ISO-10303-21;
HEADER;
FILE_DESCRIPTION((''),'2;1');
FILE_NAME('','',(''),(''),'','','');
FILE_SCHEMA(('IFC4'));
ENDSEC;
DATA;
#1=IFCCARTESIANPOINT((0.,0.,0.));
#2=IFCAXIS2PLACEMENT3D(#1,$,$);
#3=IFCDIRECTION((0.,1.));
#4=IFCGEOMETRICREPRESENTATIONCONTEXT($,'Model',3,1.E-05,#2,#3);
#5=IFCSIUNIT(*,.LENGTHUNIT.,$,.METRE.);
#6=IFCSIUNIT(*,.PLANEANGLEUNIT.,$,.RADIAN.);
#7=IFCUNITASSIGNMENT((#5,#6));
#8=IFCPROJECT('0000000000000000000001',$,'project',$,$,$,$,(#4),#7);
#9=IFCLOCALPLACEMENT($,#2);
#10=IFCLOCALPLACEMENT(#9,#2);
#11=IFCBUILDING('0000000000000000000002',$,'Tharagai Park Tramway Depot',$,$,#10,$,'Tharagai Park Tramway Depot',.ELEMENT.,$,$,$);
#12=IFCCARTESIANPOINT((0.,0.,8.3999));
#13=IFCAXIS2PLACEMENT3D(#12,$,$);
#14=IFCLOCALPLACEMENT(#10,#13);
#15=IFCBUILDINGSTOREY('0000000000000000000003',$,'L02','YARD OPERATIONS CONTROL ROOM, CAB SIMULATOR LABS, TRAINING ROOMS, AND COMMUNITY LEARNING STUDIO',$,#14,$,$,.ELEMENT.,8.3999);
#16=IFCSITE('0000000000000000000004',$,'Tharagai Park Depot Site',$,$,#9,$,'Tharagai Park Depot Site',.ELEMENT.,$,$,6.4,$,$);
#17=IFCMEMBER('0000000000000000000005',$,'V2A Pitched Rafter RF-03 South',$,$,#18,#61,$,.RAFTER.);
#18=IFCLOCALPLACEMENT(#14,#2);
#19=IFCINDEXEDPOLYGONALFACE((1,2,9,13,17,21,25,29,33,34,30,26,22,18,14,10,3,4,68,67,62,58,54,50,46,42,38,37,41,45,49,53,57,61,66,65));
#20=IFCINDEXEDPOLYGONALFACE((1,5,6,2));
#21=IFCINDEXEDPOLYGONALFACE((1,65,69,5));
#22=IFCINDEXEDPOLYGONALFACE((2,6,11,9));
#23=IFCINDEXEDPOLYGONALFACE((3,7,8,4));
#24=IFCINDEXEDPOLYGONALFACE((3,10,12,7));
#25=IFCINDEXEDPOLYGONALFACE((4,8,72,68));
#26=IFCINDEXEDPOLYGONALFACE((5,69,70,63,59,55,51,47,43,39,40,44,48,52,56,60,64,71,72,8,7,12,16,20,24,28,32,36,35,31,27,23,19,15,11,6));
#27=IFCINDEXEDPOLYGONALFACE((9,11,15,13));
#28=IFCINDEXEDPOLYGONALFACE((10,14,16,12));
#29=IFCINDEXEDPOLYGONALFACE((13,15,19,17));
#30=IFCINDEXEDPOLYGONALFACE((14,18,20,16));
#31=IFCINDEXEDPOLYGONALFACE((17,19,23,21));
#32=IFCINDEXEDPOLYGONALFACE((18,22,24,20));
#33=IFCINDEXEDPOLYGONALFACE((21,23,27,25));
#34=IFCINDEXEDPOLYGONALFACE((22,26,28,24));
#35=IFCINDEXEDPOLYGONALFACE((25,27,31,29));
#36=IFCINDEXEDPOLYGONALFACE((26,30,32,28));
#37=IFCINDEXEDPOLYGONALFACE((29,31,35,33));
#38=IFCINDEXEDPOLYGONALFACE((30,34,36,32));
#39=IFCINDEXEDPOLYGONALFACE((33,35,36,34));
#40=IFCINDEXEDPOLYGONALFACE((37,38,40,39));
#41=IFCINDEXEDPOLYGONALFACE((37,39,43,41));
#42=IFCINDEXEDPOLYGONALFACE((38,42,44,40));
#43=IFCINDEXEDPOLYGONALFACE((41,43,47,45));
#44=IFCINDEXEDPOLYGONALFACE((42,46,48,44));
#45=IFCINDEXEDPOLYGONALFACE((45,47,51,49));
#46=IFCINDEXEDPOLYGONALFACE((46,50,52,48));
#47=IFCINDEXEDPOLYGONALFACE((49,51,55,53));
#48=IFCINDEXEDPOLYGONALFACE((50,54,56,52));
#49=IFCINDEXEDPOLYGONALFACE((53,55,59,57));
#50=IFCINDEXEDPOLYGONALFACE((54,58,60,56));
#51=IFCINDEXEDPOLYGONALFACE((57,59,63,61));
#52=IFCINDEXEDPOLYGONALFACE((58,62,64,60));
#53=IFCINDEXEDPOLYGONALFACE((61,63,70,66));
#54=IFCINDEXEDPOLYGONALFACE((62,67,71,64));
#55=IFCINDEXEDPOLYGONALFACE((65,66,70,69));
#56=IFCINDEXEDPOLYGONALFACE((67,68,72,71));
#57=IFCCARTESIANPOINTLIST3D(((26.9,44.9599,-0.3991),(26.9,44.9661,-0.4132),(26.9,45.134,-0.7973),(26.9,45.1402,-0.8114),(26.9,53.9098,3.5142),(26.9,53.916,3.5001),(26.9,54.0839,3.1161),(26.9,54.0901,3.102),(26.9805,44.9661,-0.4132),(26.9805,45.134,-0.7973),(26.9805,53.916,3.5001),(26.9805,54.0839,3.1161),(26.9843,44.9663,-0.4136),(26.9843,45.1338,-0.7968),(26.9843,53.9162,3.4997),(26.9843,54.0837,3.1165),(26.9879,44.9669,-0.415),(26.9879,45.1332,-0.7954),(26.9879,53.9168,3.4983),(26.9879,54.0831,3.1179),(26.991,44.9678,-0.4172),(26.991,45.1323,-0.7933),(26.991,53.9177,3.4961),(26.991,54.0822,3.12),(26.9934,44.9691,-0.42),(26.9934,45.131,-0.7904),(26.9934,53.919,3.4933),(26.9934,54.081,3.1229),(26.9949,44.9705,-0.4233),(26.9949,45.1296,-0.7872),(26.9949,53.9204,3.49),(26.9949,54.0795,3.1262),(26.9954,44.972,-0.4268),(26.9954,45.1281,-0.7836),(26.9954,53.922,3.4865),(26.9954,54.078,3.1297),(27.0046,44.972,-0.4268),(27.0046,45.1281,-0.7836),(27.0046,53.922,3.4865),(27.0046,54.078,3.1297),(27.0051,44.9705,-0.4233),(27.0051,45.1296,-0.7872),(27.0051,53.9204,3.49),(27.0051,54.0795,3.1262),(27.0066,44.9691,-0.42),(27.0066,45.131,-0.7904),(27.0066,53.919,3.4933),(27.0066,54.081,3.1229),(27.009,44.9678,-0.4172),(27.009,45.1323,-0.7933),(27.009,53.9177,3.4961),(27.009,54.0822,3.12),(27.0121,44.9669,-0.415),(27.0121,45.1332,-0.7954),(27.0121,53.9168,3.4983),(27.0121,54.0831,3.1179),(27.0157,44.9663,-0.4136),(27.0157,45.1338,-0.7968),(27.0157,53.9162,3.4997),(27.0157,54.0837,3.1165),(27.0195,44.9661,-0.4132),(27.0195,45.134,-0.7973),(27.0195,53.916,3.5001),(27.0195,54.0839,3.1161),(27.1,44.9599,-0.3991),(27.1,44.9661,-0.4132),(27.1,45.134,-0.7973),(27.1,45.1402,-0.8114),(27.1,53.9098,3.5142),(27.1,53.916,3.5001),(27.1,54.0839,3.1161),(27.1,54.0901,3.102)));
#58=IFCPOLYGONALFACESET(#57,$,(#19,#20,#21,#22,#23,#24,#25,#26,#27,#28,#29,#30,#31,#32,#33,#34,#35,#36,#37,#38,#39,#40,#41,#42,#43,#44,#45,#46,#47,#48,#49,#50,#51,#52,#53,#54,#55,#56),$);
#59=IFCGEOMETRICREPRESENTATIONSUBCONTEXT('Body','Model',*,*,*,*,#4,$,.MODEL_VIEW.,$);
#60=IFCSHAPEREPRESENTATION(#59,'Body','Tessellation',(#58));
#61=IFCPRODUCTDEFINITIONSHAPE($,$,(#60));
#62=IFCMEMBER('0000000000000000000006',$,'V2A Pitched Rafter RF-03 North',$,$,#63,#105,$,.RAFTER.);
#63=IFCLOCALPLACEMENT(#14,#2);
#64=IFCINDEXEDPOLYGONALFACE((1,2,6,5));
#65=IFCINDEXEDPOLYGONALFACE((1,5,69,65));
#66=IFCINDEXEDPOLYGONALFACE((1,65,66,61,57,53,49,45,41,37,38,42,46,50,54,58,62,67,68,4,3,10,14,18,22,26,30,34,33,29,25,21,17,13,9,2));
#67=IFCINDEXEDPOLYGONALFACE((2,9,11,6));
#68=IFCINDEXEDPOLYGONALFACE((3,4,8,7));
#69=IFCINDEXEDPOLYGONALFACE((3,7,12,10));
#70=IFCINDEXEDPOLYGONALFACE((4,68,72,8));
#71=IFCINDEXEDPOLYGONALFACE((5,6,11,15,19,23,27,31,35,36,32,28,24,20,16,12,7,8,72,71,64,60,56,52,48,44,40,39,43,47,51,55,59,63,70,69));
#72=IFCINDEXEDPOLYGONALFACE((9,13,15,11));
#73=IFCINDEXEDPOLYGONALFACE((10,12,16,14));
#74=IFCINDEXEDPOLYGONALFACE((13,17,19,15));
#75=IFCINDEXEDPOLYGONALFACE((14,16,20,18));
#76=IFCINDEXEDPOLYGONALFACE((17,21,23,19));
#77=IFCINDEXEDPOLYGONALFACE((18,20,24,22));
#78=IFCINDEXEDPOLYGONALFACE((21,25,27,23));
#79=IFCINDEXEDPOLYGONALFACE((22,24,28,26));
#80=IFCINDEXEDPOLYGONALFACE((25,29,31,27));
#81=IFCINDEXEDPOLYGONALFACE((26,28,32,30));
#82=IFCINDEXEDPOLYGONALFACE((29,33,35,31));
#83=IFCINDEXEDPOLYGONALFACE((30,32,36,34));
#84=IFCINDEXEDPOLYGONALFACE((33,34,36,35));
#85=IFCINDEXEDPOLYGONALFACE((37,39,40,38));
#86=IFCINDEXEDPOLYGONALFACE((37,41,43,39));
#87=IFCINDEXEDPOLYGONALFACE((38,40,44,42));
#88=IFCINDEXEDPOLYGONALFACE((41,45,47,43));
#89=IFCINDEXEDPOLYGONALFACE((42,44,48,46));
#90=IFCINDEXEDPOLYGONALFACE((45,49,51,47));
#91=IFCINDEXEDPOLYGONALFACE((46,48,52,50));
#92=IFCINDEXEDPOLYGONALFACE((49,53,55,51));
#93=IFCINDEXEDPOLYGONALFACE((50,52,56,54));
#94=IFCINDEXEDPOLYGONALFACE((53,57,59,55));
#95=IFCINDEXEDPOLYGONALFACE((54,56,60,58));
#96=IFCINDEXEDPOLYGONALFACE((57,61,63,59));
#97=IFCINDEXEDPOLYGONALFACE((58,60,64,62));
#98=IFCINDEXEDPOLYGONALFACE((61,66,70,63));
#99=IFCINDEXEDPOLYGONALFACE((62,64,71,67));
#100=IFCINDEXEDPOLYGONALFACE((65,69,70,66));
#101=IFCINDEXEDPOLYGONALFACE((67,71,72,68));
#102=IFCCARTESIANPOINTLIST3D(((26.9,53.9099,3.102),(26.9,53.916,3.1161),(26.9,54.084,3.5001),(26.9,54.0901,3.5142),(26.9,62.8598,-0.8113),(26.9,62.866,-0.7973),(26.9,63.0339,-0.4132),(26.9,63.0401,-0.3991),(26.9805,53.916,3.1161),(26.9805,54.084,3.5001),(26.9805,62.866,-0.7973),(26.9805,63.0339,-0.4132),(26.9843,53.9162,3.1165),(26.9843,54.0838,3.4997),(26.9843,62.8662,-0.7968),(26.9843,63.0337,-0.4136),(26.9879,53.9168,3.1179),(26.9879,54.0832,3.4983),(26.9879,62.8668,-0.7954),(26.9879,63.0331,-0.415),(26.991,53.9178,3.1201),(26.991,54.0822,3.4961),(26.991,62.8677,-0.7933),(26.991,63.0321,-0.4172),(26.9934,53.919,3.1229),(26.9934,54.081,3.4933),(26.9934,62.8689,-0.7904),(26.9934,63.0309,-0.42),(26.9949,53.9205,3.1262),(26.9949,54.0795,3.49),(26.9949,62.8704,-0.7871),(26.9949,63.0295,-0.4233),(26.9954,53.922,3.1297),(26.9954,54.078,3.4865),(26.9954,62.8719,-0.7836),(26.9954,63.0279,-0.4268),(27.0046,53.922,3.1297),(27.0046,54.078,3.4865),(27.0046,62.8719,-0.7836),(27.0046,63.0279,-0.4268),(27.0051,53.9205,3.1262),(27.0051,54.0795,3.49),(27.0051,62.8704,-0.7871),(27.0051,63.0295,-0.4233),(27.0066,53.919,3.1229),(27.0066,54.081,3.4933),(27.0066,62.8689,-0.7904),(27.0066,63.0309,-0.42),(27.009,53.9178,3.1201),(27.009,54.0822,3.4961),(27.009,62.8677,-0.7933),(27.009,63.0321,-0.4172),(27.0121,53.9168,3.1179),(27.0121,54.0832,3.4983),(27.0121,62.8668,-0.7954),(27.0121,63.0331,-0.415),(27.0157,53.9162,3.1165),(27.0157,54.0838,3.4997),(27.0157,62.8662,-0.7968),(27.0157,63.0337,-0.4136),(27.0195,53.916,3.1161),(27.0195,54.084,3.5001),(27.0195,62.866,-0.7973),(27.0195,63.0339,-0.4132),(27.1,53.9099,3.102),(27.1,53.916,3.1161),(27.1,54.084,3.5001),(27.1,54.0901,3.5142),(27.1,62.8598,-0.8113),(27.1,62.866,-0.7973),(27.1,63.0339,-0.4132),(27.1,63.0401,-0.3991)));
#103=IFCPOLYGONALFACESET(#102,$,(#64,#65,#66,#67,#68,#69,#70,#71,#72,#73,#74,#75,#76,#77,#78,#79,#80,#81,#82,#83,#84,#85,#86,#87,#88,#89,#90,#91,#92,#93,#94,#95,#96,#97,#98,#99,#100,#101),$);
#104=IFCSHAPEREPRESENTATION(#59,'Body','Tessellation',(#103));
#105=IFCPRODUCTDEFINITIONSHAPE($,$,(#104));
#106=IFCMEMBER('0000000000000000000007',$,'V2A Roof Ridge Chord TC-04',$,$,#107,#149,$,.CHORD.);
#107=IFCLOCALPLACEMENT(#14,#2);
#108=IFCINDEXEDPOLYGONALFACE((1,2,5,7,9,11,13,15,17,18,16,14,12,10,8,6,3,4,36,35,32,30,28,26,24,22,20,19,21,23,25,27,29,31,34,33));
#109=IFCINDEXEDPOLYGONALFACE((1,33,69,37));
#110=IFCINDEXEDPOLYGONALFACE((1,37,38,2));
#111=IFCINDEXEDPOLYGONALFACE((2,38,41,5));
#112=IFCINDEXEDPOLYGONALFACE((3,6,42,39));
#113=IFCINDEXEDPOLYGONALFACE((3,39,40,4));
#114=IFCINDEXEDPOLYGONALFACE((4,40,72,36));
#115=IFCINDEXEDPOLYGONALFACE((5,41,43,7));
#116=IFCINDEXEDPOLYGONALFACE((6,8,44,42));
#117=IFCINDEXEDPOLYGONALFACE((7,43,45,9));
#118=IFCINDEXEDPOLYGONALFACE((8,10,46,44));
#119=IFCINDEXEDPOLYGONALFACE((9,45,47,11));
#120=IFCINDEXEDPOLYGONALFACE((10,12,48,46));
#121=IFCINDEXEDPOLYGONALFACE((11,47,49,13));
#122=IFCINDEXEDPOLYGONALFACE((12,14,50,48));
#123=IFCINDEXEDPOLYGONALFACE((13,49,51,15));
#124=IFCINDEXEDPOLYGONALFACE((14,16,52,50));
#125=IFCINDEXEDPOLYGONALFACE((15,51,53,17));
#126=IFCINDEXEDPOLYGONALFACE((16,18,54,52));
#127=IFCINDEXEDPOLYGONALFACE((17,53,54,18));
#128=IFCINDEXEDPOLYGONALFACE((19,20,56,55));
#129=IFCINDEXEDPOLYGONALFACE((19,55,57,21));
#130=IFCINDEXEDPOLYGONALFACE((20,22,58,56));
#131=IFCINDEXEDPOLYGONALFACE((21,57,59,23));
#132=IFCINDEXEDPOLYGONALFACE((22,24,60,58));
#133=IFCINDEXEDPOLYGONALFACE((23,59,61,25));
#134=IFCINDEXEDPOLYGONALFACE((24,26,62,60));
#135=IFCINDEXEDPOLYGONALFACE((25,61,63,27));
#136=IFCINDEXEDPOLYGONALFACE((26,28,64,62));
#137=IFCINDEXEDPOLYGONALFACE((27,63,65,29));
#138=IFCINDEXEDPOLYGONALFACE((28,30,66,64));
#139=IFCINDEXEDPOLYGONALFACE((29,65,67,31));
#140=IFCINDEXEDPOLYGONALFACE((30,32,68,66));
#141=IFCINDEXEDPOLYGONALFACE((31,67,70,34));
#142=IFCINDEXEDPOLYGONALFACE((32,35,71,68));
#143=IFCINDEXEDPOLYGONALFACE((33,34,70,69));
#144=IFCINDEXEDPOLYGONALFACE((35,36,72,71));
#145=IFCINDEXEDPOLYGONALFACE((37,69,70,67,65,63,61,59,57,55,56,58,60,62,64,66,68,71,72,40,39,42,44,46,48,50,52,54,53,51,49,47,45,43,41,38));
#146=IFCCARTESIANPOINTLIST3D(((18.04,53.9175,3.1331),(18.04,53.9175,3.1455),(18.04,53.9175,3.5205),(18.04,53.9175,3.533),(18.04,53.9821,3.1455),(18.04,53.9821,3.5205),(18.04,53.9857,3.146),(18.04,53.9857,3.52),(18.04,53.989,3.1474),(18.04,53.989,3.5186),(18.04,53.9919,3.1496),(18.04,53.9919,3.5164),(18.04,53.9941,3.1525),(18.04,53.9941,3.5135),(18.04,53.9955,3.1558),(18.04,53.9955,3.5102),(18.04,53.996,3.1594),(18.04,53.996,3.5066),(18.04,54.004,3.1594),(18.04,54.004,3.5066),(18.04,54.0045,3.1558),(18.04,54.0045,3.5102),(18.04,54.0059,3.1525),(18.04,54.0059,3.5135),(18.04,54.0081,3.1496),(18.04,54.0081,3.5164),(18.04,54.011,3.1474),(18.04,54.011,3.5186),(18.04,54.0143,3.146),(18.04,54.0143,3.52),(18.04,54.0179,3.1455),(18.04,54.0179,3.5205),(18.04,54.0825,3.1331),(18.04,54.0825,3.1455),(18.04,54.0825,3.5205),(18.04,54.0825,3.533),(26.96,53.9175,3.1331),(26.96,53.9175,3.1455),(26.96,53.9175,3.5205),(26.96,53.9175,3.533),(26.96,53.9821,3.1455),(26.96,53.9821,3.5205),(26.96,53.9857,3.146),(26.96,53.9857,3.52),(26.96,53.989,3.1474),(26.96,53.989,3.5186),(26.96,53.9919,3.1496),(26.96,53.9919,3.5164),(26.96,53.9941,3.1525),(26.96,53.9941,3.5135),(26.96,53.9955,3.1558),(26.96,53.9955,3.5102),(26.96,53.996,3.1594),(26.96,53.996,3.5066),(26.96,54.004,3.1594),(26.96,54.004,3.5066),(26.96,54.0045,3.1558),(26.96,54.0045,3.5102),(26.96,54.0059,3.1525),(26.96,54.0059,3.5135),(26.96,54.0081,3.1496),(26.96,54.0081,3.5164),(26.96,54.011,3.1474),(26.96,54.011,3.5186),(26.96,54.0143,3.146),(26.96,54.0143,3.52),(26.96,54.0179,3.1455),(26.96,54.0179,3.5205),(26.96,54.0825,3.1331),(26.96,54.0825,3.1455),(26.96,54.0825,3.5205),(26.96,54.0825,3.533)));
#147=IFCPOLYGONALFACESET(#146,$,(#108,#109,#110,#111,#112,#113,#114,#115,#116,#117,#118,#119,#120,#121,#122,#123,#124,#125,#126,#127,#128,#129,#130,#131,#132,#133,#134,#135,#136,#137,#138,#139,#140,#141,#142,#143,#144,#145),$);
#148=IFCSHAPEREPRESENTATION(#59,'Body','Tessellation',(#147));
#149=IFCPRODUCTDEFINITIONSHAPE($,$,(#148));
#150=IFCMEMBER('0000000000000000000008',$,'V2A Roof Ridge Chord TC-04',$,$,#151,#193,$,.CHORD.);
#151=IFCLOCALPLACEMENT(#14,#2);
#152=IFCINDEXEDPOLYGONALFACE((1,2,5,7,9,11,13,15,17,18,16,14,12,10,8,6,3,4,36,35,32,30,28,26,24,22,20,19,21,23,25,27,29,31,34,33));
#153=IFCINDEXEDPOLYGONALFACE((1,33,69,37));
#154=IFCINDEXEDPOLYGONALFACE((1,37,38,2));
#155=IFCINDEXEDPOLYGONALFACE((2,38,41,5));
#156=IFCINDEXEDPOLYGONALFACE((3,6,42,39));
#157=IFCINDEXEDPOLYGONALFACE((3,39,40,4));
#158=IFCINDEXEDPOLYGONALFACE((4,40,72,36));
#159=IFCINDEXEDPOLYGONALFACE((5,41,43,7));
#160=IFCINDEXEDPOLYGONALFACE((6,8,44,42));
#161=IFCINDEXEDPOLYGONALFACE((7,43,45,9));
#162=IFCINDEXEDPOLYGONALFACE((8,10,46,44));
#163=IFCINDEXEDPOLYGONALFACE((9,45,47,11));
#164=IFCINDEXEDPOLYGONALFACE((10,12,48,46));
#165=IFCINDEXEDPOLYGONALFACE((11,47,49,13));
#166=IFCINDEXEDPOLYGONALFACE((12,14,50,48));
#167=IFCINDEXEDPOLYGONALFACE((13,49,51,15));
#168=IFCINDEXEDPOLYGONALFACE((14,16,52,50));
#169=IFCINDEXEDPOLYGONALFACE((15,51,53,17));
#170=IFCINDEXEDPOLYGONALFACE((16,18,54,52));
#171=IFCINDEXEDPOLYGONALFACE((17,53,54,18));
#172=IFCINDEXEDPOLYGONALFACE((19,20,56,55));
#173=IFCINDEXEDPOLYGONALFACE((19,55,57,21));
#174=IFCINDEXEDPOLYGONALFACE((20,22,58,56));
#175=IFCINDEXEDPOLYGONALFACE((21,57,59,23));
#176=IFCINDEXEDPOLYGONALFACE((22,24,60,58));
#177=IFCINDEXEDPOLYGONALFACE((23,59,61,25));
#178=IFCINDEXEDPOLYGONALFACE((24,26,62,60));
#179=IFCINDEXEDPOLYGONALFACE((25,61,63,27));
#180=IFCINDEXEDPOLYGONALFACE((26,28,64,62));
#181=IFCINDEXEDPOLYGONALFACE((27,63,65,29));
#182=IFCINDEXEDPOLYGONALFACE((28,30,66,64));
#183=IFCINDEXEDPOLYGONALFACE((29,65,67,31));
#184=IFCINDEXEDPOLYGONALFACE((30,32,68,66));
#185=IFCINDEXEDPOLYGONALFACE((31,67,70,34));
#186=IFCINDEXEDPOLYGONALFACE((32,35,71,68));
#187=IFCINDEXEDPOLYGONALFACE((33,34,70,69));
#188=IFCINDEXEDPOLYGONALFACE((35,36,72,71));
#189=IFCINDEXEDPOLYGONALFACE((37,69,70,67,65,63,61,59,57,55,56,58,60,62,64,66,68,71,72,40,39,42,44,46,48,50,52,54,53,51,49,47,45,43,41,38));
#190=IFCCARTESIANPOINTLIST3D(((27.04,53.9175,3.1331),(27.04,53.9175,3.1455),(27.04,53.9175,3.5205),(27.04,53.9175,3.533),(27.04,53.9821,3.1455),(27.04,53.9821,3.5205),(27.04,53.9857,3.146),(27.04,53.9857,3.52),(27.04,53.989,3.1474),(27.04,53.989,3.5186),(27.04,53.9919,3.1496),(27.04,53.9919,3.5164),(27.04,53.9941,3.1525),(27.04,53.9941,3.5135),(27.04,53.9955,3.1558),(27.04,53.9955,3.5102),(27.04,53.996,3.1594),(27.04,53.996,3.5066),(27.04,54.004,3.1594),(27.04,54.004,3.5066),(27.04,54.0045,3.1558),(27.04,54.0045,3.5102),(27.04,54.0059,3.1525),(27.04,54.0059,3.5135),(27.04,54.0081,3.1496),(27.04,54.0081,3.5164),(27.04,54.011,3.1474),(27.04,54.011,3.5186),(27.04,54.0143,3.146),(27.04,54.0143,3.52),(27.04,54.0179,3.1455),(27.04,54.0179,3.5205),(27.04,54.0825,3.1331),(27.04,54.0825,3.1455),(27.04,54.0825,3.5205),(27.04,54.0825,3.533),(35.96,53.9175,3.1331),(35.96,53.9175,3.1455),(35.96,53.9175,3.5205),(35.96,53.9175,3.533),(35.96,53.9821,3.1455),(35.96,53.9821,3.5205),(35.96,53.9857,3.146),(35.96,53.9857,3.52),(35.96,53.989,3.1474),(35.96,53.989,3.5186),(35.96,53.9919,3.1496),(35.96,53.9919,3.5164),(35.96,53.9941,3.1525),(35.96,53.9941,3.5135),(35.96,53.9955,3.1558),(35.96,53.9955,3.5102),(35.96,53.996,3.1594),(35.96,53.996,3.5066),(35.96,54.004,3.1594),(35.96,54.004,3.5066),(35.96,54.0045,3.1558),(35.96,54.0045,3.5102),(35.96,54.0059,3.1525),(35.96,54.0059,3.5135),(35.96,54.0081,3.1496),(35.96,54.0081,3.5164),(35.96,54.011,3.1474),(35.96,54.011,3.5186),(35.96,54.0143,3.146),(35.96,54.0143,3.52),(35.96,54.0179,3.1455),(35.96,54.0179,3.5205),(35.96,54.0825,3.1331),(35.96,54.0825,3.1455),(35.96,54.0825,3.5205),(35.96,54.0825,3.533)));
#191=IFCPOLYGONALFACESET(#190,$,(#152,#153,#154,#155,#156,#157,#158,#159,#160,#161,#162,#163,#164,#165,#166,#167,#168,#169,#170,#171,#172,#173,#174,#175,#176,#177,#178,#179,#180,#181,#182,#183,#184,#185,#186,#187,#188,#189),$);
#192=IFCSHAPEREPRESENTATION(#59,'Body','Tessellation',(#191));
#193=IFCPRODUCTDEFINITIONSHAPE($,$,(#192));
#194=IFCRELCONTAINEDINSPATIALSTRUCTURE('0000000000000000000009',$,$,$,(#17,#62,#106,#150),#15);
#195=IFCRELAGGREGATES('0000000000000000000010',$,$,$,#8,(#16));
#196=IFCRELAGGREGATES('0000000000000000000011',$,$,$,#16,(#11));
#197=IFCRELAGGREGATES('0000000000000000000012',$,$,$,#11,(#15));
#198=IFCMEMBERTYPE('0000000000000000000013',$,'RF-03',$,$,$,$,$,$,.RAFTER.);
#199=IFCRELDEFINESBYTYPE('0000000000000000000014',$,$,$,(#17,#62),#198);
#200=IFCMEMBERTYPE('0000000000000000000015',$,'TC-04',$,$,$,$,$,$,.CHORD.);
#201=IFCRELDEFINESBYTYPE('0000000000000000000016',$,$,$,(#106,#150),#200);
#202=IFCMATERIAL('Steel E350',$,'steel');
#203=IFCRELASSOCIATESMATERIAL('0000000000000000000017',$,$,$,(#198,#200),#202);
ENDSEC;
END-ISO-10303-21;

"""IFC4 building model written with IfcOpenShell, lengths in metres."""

from ifc_helpers import new_model, si_unit, direction, frame, origin, origin_2d, place, context, subcontext, project, spatial, i_section, extrude, material, material_profile, profile_set, type_object, element, save


model = new_model("IFC4")

# Units and contexts
model_context = context("Model", 3, precision=1e-05, world=origin(), true_north=direction((0.0, 1.0)))
body_context = subcontext(model_context, "Body", "Model", "MODEL_VIEW")
ifc_project = project(units=[si_unit("LENGTHUNIT", "METRE"), si_unit("PLANEANGLEUNIT", "RADIAN")], contexts=[model_context])

# Site, building, storey
site_placement = place(None, origin())
site = spatial("IfcSite", under=ifc_project, at=site_placement, Name="Tharagai Park Depot Site", LongName="Tharagai Park Depot Site", CompositionType="ELEMENT", RefElevation=6.4)
building_placement = place(site_placement, origin())
building = spatial("IfcBuilding", under=site, at=building_placement, Name="Tharagai Park Tramway Depot", LongName="Tharagai Park Tramway Depot", CompositionType="ELEMENT")
storey_placement = place(building_placement, frame((0.0, 0.0, 8.3999)))
storey = spatial("IfcBuildingStorey", under=building, at=storey_placement, Name="L02", Description="YARD OPERATIONS CONTROL ROOM, CAB SIMULATOR LABS, TRAINING ROOMS, AND COMMUNITY LEARNING STUDIO", CompositionType="ELEMENT", Elevation=8.3999)

# Shared definitions
ifc_material_1 = material(Name="Steel E350", Category="steel")

# Members
ifc_material_profile_1 = material_profile(ifc_material_1, i_section(OverallWidth=0.2, OverallDepth=0.45, WebThickness=0.0093, FlangeThickness=0.0154, FilletRadius=0.0149, at=origin_2d()), Name="ISWB 450")
ifc_profile_set_1 = profile_set([ifc_material_profile_1], Name="Steel E350")
member_type_1 = type_object("IfcMemberType", Name="RF-03", PredefinedType="RAFTER", material=ifc_profile_set_1)
for number, where, z_axis, x_axis, name in (
    (1, (27.0, 45.05, -0.6052), (0.0, 0.916243, 0.400623), (-1.0, 0.0, 0.0), "V2A Pitched Rafter RF-03 South"),
    (2, (27.0, 54.0, 3.3081), (0.0, 0.916243, -0.400623), (-1.0, 0.0, 0.0), "V2A Pitched Rafter RF-03 North"),
):
    element("IfcMember", number, at=place(storey_placement, frame(where, z_axis=z_axis, x_axis=x_axis)), inside=storey, type_object=member_type_1, Name=name, PredefinedType="RAFTER", context=body_context, shape_type="SweptSolid", body=[
        extrude(i_section(OverallWidth=0.2, OverallDepth=0.45, WebThickness=0.0093, FlangeThickness=0.0154, FilletRadius=0.0149, at=origin_2d()), origin(), (0.0, 0.0, 1.0), 9.7681),
    ])
ifc_material_profile_2 = material_profile(ifc_material_1, i_section(OverallWidth=0.165, OverallDepth=0.3999, WebThickness=0.0081, FlangeThickness=0.0125, FilletRadius=0.0139, at=origin_2d()), Name="ISLB 400")
ifc_profile_set_2 = profile_set([ifc_material_profile_2], Name="Steel E350")
member_type_2 = type_object("IfcMemberType", Name="TC-04", PredefinedType="CHORD", material=ifc_profile_set_2)
for number, where, z_axis, x_axis, name in (
    (3, (18.04, 54.0, 3.333), (1.0, 0.0, 0.0), (0.0, 1.0, 0.0), "V2A Roof Ridge Chord TC-04"),
    (4, (27.04, 54.0, 3.333), (1.0, 0.0, 0.0), (0.0, 1.0, 0.0), "V2A Roof Ridge Chord TC-04"),
):
    element("IfcMember", number, at=place(storey_placement, frame(where, z_axis=z_axis, x_axis=x_axis)), inside=storey, type_object=member_type_2, Name=name, PredefinedType="CHORD", context=body_context, shape_type="SweptSolid", body=[
        extrude(i_section(OverallWidth=0.165, OverallDepth=0.3999, WebThickness=0.0081, FlangeThickness=0.0125, FilletRadius=0.0139, at=origin_2d()), origin(), (0.0, 0.0, 1.0), 8.9199),
    ])

save(model, "model.ifc")
